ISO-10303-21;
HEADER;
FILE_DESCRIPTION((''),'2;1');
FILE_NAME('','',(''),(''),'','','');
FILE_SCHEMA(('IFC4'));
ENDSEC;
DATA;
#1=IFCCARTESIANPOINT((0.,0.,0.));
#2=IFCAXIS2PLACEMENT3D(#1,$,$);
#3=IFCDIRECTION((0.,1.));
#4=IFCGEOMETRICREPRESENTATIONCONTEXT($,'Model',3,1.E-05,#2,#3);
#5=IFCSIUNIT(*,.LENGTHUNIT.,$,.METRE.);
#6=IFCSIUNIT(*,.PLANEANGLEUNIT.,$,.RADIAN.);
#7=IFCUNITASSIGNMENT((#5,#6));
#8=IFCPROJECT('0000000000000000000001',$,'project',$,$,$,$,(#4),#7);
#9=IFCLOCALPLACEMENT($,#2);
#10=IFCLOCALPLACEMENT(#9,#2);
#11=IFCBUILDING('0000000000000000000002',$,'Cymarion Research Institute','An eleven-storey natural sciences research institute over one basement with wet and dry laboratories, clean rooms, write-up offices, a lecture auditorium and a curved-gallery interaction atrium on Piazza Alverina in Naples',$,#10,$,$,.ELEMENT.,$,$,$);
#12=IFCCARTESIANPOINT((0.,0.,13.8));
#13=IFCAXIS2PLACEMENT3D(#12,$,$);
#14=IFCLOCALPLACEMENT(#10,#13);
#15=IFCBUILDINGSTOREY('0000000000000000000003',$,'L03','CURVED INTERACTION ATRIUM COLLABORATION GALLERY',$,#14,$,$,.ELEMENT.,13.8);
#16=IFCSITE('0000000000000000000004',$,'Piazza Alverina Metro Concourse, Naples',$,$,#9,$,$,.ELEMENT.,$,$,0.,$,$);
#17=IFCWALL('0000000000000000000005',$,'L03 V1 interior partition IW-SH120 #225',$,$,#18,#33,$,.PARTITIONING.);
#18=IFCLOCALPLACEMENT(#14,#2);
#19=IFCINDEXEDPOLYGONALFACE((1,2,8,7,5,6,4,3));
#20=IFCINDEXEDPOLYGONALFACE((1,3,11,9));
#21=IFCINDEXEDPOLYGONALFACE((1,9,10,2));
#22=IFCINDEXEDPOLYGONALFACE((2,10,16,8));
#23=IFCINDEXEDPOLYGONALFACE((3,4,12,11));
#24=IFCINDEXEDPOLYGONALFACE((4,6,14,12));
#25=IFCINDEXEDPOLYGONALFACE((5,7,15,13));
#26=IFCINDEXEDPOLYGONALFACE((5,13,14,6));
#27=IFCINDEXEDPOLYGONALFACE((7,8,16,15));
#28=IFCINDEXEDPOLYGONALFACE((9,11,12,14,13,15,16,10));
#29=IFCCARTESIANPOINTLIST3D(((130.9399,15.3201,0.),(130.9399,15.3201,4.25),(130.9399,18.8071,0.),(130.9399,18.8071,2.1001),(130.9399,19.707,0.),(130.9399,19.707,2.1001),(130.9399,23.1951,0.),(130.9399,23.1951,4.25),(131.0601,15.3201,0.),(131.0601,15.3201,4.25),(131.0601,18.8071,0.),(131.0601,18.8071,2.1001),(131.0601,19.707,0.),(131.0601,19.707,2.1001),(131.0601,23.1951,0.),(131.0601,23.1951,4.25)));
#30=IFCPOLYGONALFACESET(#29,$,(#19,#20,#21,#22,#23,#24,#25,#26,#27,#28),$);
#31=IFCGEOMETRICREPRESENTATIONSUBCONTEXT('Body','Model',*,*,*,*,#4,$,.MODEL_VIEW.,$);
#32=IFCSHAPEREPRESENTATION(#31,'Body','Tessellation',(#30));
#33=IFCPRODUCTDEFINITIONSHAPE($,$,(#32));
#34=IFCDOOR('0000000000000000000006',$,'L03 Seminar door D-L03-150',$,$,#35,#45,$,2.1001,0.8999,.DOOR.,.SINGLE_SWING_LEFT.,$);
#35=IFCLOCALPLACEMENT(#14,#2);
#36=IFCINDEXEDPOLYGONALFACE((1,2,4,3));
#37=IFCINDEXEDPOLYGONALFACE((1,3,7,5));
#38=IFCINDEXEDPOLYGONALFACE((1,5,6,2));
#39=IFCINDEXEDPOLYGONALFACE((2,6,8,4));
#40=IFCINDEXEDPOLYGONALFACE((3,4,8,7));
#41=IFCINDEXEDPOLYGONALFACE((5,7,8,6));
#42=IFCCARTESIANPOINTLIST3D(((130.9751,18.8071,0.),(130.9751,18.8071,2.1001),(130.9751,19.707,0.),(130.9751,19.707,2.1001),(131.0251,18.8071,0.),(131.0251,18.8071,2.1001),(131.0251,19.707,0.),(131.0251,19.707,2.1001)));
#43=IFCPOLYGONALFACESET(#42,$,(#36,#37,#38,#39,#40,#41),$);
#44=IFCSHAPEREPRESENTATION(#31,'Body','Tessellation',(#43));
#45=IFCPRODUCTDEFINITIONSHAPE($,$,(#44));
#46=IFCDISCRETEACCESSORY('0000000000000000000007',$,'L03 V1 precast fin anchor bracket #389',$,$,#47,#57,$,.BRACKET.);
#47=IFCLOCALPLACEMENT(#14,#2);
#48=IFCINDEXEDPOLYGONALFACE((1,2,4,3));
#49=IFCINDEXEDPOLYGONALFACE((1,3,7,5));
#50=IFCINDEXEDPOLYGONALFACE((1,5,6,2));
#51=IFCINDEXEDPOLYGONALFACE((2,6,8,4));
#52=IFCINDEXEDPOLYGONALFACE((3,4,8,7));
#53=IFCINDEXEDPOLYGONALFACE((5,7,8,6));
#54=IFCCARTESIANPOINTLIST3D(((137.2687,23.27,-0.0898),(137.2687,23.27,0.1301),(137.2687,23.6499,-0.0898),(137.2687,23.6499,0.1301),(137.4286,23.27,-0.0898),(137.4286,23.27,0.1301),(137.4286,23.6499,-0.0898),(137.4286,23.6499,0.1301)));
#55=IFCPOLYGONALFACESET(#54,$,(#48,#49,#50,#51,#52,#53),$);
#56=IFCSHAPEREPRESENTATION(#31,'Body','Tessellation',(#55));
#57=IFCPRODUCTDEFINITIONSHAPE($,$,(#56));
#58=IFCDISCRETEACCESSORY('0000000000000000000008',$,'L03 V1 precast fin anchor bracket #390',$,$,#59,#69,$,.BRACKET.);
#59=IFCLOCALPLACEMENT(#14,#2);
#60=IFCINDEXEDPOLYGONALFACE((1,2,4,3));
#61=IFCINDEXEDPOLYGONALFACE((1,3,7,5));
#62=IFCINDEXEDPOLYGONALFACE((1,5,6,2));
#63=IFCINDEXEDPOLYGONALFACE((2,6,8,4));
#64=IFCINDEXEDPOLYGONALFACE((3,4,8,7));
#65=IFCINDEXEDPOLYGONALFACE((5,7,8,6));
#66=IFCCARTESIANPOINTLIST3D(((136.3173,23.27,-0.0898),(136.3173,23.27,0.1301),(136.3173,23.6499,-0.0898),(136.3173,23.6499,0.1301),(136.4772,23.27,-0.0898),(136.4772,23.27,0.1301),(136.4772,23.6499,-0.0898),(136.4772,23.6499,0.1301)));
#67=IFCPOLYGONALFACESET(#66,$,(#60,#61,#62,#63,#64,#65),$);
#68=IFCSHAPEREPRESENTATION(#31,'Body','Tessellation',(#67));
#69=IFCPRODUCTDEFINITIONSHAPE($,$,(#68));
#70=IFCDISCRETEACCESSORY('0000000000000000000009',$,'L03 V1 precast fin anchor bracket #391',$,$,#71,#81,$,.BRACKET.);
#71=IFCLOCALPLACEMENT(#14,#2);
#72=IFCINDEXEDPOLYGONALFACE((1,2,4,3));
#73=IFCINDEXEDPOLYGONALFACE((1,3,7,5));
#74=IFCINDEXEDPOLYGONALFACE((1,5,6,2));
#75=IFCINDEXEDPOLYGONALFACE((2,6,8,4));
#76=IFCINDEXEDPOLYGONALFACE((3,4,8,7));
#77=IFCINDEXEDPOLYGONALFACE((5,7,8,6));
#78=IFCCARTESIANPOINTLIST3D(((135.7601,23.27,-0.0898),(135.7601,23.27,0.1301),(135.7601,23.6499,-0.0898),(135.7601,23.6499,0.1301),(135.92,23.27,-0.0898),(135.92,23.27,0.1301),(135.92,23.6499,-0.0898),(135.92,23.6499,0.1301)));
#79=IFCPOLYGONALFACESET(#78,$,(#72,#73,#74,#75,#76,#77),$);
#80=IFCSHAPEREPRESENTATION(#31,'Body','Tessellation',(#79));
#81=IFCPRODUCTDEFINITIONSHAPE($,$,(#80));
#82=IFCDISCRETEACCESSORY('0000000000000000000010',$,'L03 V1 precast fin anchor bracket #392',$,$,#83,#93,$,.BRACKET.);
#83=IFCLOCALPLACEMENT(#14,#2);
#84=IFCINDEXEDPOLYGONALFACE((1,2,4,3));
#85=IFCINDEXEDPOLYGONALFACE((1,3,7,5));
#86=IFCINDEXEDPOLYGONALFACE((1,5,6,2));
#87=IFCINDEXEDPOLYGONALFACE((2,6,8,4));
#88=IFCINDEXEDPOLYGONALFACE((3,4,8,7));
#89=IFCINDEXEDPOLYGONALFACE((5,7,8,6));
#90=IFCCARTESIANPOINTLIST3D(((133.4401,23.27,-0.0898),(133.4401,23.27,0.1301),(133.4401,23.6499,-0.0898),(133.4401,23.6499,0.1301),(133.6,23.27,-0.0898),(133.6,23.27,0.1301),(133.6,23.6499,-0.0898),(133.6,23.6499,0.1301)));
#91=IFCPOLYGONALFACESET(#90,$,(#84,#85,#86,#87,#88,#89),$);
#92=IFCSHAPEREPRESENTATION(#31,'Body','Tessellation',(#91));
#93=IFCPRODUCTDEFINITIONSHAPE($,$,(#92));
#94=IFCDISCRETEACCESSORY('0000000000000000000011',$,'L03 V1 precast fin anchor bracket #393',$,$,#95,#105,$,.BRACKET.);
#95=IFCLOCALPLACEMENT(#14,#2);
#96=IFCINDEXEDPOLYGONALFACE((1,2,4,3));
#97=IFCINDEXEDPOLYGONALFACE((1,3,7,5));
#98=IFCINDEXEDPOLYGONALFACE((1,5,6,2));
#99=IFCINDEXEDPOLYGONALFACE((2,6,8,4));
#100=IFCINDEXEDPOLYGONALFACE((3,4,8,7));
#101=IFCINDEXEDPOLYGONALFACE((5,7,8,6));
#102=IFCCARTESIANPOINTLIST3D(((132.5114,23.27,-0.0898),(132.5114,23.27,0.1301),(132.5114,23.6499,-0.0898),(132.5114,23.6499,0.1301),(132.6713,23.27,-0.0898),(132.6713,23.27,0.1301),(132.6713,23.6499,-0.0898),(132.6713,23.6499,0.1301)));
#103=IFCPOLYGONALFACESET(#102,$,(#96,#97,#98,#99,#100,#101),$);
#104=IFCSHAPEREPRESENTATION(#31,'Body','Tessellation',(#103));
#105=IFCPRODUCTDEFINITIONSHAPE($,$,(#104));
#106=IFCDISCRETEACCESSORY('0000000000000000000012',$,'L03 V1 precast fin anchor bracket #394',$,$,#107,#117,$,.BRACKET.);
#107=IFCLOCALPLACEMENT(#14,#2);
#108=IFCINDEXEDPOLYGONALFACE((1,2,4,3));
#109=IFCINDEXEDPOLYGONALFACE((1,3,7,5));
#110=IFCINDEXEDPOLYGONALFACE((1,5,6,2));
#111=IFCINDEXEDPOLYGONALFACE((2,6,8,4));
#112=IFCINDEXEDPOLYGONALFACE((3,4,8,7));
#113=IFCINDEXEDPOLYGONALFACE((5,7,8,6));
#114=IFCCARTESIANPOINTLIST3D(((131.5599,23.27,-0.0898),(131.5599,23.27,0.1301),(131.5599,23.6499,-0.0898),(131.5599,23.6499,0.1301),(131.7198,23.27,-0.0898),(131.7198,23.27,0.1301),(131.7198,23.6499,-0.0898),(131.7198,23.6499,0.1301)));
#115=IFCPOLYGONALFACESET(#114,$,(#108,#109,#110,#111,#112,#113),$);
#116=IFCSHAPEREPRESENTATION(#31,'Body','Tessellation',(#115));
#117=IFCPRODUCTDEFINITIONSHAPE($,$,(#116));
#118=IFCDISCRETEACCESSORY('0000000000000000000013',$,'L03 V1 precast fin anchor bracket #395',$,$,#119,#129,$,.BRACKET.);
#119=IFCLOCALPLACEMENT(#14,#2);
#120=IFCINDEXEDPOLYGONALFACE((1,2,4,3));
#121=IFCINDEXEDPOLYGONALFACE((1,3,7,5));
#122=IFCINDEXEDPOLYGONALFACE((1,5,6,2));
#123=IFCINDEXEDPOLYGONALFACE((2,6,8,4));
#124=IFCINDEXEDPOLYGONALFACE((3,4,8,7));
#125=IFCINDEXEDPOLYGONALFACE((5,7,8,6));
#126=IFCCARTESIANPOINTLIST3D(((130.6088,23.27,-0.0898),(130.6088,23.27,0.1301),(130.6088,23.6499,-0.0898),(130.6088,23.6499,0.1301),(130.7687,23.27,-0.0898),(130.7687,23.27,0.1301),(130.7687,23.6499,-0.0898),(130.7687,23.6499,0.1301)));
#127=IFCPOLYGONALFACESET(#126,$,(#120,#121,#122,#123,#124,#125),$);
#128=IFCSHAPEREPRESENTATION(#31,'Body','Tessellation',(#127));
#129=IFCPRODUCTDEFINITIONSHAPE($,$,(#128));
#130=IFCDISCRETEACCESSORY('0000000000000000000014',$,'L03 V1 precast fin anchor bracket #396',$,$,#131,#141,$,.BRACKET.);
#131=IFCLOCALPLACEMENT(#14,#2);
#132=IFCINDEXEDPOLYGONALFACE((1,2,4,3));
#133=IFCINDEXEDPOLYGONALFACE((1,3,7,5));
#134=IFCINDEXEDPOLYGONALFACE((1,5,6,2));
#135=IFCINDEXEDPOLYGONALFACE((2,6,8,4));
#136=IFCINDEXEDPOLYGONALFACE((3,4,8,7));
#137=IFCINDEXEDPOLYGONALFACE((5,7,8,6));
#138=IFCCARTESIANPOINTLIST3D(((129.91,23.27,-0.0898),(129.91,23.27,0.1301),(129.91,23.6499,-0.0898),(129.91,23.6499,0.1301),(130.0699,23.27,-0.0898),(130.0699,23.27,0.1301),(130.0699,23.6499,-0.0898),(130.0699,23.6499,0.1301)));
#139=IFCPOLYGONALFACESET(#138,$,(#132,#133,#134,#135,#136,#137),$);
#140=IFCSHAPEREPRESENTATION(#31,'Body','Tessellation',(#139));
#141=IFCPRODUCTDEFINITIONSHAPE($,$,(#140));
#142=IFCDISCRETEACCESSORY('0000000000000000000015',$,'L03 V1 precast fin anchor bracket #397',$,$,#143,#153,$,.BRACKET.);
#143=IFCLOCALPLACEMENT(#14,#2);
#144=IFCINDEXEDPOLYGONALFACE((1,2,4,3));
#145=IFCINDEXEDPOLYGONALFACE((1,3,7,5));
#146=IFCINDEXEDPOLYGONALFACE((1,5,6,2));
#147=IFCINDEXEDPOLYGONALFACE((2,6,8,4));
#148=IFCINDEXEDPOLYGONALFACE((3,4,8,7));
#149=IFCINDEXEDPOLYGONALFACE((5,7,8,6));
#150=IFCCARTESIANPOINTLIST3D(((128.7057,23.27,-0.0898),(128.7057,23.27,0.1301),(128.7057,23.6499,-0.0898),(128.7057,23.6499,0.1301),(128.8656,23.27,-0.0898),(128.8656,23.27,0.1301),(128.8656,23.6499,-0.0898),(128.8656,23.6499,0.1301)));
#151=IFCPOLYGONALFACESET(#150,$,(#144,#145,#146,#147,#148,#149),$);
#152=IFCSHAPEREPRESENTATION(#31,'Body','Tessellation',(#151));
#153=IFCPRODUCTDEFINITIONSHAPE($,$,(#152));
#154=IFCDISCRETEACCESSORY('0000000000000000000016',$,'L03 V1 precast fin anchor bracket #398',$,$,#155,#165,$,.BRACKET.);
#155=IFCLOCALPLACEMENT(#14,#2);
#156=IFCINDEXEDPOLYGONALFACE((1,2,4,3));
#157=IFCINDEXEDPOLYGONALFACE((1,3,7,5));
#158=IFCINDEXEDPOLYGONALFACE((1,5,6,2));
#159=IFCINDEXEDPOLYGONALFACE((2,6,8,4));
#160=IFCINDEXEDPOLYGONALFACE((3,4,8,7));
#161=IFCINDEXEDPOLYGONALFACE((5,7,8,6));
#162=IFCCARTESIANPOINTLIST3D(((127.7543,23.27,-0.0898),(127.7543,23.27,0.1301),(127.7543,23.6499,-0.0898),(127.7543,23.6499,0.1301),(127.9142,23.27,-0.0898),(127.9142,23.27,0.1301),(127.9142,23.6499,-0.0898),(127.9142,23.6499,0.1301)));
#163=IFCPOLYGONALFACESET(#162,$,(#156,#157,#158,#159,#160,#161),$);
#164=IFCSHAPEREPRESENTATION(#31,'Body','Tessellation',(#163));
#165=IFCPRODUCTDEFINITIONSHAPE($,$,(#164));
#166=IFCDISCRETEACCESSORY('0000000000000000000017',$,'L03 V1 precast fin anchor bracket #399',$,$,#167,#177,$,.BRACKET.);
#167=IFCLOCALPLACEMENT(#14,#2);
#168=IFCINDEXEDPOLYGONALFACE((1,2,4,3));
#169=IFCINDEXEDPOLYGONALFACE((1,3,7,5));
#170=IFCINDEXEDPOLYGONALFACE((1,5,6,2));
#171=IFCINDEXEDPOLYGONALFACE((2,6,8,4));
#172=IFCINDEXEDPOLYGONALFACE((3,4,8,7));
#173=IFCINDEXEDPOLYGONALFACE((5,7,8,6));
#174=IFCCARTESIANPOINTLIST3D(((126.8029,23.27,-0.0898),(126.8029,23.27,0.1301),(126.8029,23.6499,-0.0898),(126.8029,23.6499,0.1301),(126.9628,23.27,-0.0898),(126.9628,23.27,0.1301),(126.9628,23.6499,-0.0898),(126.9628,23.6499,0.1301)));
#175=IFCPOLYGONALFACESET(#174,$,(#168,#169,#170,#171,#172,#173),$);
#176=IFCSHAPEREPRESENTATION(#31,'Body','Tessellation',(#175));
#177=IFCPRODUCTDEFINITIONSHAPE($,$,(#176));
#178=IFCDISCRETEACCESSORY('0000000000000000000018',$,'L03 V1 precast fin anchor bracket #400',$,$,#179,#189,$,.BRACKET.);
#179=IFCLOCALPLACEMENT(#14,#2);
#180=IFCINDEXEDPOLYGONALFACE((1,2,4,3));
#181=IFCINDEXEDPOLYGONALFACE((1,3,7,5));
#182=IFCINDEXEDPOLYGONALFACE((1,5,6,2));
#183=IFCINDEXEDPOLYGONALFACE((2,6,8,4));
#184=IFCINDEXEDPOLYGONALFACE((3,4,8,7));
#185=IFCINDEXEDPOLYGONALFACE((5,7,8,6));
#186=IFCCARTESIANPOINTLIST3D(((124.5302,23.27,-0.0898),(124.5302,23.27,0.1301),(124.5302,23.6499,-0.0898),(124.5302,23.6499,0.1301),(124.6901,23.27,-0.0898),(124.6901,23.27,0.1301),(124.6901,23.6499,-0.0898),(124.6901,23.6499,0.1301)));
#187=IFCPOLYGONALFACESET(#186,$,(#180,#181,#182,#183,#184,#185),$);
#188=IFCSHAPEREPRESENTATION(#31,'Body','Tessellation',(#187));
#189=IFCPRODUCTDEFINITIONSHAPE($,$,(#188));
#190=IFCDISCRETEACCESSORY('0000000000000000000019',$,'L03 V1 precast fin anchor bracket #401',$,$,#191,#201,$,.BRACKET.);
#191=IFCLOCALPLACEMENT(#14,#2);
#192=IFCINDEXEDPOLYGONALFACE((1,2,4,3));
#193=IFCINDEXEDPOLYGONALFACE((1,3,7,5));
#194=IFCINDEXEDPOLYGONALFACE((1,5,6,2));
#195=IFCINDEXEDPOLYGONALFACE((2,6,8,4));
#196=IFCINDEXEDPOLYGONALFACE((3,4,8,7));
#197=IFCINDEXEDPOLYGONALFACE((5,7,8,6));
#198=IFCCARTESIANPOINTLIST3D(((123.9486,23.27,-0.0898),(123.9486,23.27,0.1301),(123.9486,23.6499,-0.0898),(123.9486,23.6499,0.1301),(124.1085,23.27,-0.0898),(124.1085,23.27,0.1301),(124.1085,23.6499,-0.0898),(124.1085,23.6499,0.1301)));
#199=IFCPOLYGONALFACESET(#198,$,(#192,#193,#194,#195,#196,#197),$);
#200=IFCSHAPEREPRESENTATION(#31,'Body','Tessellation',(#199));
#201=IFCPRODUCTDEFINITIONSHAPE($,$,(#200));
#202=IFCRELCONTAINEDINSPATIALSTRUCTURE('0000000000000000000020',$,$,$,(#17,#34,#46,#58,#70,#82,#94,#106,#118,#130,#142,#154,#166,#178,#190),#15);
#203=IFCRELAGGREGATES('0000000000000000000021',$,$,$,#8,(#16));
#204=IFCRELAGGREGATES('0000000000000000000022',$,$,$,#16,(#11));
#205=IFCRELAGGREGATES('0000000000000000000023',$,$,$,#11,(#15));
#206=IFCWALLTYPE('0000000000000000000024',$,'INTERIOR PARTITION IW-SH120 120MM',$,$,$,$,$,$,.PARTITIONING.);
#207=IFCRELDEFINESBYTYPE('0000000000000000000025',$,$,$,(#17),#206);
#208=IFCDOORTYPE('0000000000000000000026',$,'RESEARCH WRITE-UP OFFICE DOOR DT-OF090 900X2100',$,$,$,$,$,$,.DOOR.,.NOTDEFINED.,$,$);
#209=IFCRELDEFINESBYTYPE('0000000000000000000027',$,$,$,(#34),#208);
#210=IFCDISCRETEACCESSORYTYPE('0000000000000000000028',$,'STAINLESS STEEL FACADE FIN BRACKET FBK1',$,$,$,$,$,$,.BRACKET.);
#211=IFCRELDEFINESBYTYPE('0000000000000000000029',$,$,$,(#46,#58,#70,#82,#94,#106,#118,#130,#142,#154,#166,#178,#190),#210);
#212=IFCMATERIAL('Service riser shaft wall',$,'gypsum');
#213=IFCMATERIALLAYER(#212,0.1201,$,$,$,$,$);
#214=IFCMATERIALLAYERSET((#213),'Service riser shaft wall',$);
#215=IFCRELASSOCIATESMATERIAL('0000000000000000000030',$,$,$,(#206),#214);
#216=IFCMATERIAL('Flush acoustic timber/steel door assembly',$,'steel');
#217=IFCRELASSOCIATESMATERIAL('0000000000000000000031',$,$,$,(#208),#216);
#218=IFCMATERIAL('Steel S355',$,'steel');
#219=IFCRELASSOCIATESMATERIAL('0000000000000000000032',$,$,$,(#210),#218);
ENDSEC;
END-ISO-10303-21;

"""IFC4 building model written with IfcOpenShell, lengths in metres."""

from ifc_helpers import new_model, si_unit, direction, frame, frame_2d, origin, origin_2d, place, context, subcontext, project, spatial, rectangle, extrude, material, layer, layer_set, type_object, element, fill, save


model = new_model("IFC4")

# Units and contexts
model_context = context("Model", 3, precision=1e-05, world=origin(), true_north=direction((0.0, 1.0)))
body_context = subcontext(model_context, "Body", "Model", "MODEL_VIEW")
ifc_project = project(units=[si_unit("LENGTHUNIT", "METRE"), si_unit("PLANEANGLEUNIT", "RADIAN")], contexts=[model_context])

# Site, building, storey
site_placement = place(None, origin())
site = spatial("IfcSite", under=ifc_project, at=site_placement, Name="Piazza Alverina Metro Concourse, Naples", CompositionType="ELEMENT", RefElevation=0.0)
building_placement = place(site_placement, origin())
building = spatial("IfcBuilding", under=site, at=building_placement, Name="Cymarion Research Institute", Description="An eleven-storey natural sciences research institute over one basement with wet and dry laboratories, clean rooms, write-up offices, a lecture auditorium and a curved-gallery interaction atrium on Piazza Alverina in Naples", CompositionType="ELEMENT")
storey_placement = place(building_placement, frame((0.0, 0.0, 13.8)))
storey = spatial("IfcBuildingStorey", under=building, at=storey_placement, Name="L03", Description="CURVED INTERACTION ATRIUM COLLABORATION GALLERY", CompositionType="ELEMENT", Elevation=13.8)

# Shared definitions
ifc_material_1 = material(Name="Steel S355", Category="steel")

# Wall, opening, door
ifc_material_2 = material(Name="Service riser shaft wall", Category="gypsum")
ifc_layer = layer(ifc_material_2, 0.1201)
ifc_layer_set = layer_set([ifc_layer], Name="Service riser shaft wall")
wall_type = type_object("IfcWallType", Name="INTERIOR PARTITION IW-SH120 120MM", PredefinedType="PARTITIONING", material=ifc_layer_set)
wall_placement = place(storey_placement, frame((131.0, 15.3201, 0.0), z_axis=(0.0, 0.0, 1.0), x_axis=(0.0, 1.0, 0.0)))
wall = element("IfcWall", 1, at=wall_placement, inside=storey, type_object=wall_type, Name="L03 V1 interior partition IW-SH120 #225", PredefinedType="PARTITIONING", context=body_context, shape_type="SweptSolid", body=[
    extrude(rectangle(XDim=7.875, YDim=0.1201, at=frame_2d((3.9375, 0.0))), origin(), (0.0, 0.0, 1.0), 4.25),
])
opening_placement = place(wall_placement, frame((3.4871, 0.0, 0.0)))
opening = element("IfcOpeningElement", 2, at=opening_placement, cuts=wall, PredefinedType="OPENING", context=body_context, shape_type="SweptSolid", body=[
    extrude(rectangle(XDim=0.8999, YDim=2.1001, at=frame_2d((0.45, 1.05))), frame((0.0, 0.0701, 0.0), z_axis=(0.0, -1.0, 0.0), x_axis=(1.0, 0.0, 0.0)), (0.0, 0.0, 1.0), 0.1401),
])
ifc_material_3 = material(Name="Flush acoustic timber/steel door assembly", Category="steel")
door_type = type_object("IfcDoorType", Name="RESEARCH WRITE-UP OFFICE DOOR DT-OF090 900X2100", OperationType="NOTDEFINED", PredefinedType="DOOR", material=ifc_material_3)
door_placement = place(opening_placement, origin())
door = element("IfcDoor", 3, at=door_placement, inside=storey, type_object=door_type, Name="L03 Seminar door D-L03-150", OperationType="SINGLE_SWING_LEFT", OverallHeight=2.1001, OverallWidth=0.8999, PredefinedType="DOOR", context=body_context, shape_type="SweptSolid", body=[
    extrude(rectangle(XDim=0.8999, YDim=2.1001, at=frame_2d((0.45, 1.05))), frame((0.0, 0.0249, 0.0), z_axis=(0.0, -1.0, 0.0), x_axis=(1.0, 0.0, 0.0)), (0.0, 0.0, 1.0), 0.05),
])
fill(opening, door)

# Discrete accessories
discrete_accessory_type = type_object("IfcDiscreteAccessoryType", Name="STAINLESS STEEL FACADE FIN BRACKET FBK1", PredefinedType="BRACKET", material=ifc_material_1)
for number, where, z_axis, x_axis, name in (
    (4, (137.3486, 23.46, -0.0898), (0.0, 0.0, 1.0), (0.0, 1.0, 0.0), "L03 V1 precast fin anchor bracket #389"),
    (5, (136.3972, 23.46, -0.0898), (0.0, 0.0, 1.0), (0.0, 1.0, 0.0), "L03 V1 precast fin anchor bracket #390"),
    (6, (135.8401, 23.46, -0.0898), (0.0, 0.0, 1.0), (0.0, 1.0, 0.0), "L03 V1 precast fin anchor bracket #391"),
    (7, (133.52, 23.46, -0.0898), (0.0, 0.0, 1.0), (0.0, 1.0, 0.0), "L03 V1 precast fin anchor bracket #392"),
    (8, (132.5913, 23.46, -0.0898), (0.0, 0.0, 1.0), (0.0, 1.0, 0.0), "L03 V1 precast fin anchor bracket #393"),
    (9, (131.6399, 23.46, -0.0898), (0.0, 0.0, 1.0), (0.0, 1.0, 0.0), "L03 V1 precast fin anchor bracket #394"),
    (10, (130.6887, 23.46, -0.0898), (0.0, 0.0, 1.0), (0.0, 1.0, 0.0), "L03 V1 precast fin anchor bracket #395"),
    (11, (129.99, 23.46, -0.0898), (0.0, 0.0, 1.0), (0.0, 1.0, 0.0), "L03 V1 precast fin anchor bracket #396"),
    (12, (128.7856, 23.46, -0.0898), (0.0, 0.0, 1.0), (0.0, 1.0, 0.0), "L03 V1 precast fin anchor bracket #397"),
    (13, (127.8342, 23.46, -0.0898), (0.0, 0.0, 1.0), (0.0, 1.0, 0.0), "L03 V1 precast fin anchor bracket #398"),
    (14, (126.8828, 23.46, -0.0898), (0.0, 0.0, 1.0), (0.0, 1.0, 0.0), "L03 V1 precast fin anchor bracket #399"),
    (15, (124.6101, 23.46, -0.0898), (0.0, 0.0, 1.0), (0.0, 1.0, 0.0), "L03 V1 precast fin anchor bracket #400"),
    (16, (124.0286, 23.46, -0.0898), (0.0, 0.0, 1.0), (0.0, 1.0, 0.0), "L03 V1 precast fin anchor bracket #401"),
):
    element("IfcDiscreteAccessory", number, at=place(storey_placement, frame(where, z_axis=z_axis, x_axis=x_axis)), inside=storey, type_object=discrete_accessory_type, Name=name, PredefinedType="BRACKET", context=body_context, shape_type="SweptSolid", body=[
        extrude(rectangle(XDim=0.3799, YDim=0.1599, at=origin_2d()), origin(), (0.0, 0.0, 1.0), 0.22),
    ])

save(model, "model.ifc")
